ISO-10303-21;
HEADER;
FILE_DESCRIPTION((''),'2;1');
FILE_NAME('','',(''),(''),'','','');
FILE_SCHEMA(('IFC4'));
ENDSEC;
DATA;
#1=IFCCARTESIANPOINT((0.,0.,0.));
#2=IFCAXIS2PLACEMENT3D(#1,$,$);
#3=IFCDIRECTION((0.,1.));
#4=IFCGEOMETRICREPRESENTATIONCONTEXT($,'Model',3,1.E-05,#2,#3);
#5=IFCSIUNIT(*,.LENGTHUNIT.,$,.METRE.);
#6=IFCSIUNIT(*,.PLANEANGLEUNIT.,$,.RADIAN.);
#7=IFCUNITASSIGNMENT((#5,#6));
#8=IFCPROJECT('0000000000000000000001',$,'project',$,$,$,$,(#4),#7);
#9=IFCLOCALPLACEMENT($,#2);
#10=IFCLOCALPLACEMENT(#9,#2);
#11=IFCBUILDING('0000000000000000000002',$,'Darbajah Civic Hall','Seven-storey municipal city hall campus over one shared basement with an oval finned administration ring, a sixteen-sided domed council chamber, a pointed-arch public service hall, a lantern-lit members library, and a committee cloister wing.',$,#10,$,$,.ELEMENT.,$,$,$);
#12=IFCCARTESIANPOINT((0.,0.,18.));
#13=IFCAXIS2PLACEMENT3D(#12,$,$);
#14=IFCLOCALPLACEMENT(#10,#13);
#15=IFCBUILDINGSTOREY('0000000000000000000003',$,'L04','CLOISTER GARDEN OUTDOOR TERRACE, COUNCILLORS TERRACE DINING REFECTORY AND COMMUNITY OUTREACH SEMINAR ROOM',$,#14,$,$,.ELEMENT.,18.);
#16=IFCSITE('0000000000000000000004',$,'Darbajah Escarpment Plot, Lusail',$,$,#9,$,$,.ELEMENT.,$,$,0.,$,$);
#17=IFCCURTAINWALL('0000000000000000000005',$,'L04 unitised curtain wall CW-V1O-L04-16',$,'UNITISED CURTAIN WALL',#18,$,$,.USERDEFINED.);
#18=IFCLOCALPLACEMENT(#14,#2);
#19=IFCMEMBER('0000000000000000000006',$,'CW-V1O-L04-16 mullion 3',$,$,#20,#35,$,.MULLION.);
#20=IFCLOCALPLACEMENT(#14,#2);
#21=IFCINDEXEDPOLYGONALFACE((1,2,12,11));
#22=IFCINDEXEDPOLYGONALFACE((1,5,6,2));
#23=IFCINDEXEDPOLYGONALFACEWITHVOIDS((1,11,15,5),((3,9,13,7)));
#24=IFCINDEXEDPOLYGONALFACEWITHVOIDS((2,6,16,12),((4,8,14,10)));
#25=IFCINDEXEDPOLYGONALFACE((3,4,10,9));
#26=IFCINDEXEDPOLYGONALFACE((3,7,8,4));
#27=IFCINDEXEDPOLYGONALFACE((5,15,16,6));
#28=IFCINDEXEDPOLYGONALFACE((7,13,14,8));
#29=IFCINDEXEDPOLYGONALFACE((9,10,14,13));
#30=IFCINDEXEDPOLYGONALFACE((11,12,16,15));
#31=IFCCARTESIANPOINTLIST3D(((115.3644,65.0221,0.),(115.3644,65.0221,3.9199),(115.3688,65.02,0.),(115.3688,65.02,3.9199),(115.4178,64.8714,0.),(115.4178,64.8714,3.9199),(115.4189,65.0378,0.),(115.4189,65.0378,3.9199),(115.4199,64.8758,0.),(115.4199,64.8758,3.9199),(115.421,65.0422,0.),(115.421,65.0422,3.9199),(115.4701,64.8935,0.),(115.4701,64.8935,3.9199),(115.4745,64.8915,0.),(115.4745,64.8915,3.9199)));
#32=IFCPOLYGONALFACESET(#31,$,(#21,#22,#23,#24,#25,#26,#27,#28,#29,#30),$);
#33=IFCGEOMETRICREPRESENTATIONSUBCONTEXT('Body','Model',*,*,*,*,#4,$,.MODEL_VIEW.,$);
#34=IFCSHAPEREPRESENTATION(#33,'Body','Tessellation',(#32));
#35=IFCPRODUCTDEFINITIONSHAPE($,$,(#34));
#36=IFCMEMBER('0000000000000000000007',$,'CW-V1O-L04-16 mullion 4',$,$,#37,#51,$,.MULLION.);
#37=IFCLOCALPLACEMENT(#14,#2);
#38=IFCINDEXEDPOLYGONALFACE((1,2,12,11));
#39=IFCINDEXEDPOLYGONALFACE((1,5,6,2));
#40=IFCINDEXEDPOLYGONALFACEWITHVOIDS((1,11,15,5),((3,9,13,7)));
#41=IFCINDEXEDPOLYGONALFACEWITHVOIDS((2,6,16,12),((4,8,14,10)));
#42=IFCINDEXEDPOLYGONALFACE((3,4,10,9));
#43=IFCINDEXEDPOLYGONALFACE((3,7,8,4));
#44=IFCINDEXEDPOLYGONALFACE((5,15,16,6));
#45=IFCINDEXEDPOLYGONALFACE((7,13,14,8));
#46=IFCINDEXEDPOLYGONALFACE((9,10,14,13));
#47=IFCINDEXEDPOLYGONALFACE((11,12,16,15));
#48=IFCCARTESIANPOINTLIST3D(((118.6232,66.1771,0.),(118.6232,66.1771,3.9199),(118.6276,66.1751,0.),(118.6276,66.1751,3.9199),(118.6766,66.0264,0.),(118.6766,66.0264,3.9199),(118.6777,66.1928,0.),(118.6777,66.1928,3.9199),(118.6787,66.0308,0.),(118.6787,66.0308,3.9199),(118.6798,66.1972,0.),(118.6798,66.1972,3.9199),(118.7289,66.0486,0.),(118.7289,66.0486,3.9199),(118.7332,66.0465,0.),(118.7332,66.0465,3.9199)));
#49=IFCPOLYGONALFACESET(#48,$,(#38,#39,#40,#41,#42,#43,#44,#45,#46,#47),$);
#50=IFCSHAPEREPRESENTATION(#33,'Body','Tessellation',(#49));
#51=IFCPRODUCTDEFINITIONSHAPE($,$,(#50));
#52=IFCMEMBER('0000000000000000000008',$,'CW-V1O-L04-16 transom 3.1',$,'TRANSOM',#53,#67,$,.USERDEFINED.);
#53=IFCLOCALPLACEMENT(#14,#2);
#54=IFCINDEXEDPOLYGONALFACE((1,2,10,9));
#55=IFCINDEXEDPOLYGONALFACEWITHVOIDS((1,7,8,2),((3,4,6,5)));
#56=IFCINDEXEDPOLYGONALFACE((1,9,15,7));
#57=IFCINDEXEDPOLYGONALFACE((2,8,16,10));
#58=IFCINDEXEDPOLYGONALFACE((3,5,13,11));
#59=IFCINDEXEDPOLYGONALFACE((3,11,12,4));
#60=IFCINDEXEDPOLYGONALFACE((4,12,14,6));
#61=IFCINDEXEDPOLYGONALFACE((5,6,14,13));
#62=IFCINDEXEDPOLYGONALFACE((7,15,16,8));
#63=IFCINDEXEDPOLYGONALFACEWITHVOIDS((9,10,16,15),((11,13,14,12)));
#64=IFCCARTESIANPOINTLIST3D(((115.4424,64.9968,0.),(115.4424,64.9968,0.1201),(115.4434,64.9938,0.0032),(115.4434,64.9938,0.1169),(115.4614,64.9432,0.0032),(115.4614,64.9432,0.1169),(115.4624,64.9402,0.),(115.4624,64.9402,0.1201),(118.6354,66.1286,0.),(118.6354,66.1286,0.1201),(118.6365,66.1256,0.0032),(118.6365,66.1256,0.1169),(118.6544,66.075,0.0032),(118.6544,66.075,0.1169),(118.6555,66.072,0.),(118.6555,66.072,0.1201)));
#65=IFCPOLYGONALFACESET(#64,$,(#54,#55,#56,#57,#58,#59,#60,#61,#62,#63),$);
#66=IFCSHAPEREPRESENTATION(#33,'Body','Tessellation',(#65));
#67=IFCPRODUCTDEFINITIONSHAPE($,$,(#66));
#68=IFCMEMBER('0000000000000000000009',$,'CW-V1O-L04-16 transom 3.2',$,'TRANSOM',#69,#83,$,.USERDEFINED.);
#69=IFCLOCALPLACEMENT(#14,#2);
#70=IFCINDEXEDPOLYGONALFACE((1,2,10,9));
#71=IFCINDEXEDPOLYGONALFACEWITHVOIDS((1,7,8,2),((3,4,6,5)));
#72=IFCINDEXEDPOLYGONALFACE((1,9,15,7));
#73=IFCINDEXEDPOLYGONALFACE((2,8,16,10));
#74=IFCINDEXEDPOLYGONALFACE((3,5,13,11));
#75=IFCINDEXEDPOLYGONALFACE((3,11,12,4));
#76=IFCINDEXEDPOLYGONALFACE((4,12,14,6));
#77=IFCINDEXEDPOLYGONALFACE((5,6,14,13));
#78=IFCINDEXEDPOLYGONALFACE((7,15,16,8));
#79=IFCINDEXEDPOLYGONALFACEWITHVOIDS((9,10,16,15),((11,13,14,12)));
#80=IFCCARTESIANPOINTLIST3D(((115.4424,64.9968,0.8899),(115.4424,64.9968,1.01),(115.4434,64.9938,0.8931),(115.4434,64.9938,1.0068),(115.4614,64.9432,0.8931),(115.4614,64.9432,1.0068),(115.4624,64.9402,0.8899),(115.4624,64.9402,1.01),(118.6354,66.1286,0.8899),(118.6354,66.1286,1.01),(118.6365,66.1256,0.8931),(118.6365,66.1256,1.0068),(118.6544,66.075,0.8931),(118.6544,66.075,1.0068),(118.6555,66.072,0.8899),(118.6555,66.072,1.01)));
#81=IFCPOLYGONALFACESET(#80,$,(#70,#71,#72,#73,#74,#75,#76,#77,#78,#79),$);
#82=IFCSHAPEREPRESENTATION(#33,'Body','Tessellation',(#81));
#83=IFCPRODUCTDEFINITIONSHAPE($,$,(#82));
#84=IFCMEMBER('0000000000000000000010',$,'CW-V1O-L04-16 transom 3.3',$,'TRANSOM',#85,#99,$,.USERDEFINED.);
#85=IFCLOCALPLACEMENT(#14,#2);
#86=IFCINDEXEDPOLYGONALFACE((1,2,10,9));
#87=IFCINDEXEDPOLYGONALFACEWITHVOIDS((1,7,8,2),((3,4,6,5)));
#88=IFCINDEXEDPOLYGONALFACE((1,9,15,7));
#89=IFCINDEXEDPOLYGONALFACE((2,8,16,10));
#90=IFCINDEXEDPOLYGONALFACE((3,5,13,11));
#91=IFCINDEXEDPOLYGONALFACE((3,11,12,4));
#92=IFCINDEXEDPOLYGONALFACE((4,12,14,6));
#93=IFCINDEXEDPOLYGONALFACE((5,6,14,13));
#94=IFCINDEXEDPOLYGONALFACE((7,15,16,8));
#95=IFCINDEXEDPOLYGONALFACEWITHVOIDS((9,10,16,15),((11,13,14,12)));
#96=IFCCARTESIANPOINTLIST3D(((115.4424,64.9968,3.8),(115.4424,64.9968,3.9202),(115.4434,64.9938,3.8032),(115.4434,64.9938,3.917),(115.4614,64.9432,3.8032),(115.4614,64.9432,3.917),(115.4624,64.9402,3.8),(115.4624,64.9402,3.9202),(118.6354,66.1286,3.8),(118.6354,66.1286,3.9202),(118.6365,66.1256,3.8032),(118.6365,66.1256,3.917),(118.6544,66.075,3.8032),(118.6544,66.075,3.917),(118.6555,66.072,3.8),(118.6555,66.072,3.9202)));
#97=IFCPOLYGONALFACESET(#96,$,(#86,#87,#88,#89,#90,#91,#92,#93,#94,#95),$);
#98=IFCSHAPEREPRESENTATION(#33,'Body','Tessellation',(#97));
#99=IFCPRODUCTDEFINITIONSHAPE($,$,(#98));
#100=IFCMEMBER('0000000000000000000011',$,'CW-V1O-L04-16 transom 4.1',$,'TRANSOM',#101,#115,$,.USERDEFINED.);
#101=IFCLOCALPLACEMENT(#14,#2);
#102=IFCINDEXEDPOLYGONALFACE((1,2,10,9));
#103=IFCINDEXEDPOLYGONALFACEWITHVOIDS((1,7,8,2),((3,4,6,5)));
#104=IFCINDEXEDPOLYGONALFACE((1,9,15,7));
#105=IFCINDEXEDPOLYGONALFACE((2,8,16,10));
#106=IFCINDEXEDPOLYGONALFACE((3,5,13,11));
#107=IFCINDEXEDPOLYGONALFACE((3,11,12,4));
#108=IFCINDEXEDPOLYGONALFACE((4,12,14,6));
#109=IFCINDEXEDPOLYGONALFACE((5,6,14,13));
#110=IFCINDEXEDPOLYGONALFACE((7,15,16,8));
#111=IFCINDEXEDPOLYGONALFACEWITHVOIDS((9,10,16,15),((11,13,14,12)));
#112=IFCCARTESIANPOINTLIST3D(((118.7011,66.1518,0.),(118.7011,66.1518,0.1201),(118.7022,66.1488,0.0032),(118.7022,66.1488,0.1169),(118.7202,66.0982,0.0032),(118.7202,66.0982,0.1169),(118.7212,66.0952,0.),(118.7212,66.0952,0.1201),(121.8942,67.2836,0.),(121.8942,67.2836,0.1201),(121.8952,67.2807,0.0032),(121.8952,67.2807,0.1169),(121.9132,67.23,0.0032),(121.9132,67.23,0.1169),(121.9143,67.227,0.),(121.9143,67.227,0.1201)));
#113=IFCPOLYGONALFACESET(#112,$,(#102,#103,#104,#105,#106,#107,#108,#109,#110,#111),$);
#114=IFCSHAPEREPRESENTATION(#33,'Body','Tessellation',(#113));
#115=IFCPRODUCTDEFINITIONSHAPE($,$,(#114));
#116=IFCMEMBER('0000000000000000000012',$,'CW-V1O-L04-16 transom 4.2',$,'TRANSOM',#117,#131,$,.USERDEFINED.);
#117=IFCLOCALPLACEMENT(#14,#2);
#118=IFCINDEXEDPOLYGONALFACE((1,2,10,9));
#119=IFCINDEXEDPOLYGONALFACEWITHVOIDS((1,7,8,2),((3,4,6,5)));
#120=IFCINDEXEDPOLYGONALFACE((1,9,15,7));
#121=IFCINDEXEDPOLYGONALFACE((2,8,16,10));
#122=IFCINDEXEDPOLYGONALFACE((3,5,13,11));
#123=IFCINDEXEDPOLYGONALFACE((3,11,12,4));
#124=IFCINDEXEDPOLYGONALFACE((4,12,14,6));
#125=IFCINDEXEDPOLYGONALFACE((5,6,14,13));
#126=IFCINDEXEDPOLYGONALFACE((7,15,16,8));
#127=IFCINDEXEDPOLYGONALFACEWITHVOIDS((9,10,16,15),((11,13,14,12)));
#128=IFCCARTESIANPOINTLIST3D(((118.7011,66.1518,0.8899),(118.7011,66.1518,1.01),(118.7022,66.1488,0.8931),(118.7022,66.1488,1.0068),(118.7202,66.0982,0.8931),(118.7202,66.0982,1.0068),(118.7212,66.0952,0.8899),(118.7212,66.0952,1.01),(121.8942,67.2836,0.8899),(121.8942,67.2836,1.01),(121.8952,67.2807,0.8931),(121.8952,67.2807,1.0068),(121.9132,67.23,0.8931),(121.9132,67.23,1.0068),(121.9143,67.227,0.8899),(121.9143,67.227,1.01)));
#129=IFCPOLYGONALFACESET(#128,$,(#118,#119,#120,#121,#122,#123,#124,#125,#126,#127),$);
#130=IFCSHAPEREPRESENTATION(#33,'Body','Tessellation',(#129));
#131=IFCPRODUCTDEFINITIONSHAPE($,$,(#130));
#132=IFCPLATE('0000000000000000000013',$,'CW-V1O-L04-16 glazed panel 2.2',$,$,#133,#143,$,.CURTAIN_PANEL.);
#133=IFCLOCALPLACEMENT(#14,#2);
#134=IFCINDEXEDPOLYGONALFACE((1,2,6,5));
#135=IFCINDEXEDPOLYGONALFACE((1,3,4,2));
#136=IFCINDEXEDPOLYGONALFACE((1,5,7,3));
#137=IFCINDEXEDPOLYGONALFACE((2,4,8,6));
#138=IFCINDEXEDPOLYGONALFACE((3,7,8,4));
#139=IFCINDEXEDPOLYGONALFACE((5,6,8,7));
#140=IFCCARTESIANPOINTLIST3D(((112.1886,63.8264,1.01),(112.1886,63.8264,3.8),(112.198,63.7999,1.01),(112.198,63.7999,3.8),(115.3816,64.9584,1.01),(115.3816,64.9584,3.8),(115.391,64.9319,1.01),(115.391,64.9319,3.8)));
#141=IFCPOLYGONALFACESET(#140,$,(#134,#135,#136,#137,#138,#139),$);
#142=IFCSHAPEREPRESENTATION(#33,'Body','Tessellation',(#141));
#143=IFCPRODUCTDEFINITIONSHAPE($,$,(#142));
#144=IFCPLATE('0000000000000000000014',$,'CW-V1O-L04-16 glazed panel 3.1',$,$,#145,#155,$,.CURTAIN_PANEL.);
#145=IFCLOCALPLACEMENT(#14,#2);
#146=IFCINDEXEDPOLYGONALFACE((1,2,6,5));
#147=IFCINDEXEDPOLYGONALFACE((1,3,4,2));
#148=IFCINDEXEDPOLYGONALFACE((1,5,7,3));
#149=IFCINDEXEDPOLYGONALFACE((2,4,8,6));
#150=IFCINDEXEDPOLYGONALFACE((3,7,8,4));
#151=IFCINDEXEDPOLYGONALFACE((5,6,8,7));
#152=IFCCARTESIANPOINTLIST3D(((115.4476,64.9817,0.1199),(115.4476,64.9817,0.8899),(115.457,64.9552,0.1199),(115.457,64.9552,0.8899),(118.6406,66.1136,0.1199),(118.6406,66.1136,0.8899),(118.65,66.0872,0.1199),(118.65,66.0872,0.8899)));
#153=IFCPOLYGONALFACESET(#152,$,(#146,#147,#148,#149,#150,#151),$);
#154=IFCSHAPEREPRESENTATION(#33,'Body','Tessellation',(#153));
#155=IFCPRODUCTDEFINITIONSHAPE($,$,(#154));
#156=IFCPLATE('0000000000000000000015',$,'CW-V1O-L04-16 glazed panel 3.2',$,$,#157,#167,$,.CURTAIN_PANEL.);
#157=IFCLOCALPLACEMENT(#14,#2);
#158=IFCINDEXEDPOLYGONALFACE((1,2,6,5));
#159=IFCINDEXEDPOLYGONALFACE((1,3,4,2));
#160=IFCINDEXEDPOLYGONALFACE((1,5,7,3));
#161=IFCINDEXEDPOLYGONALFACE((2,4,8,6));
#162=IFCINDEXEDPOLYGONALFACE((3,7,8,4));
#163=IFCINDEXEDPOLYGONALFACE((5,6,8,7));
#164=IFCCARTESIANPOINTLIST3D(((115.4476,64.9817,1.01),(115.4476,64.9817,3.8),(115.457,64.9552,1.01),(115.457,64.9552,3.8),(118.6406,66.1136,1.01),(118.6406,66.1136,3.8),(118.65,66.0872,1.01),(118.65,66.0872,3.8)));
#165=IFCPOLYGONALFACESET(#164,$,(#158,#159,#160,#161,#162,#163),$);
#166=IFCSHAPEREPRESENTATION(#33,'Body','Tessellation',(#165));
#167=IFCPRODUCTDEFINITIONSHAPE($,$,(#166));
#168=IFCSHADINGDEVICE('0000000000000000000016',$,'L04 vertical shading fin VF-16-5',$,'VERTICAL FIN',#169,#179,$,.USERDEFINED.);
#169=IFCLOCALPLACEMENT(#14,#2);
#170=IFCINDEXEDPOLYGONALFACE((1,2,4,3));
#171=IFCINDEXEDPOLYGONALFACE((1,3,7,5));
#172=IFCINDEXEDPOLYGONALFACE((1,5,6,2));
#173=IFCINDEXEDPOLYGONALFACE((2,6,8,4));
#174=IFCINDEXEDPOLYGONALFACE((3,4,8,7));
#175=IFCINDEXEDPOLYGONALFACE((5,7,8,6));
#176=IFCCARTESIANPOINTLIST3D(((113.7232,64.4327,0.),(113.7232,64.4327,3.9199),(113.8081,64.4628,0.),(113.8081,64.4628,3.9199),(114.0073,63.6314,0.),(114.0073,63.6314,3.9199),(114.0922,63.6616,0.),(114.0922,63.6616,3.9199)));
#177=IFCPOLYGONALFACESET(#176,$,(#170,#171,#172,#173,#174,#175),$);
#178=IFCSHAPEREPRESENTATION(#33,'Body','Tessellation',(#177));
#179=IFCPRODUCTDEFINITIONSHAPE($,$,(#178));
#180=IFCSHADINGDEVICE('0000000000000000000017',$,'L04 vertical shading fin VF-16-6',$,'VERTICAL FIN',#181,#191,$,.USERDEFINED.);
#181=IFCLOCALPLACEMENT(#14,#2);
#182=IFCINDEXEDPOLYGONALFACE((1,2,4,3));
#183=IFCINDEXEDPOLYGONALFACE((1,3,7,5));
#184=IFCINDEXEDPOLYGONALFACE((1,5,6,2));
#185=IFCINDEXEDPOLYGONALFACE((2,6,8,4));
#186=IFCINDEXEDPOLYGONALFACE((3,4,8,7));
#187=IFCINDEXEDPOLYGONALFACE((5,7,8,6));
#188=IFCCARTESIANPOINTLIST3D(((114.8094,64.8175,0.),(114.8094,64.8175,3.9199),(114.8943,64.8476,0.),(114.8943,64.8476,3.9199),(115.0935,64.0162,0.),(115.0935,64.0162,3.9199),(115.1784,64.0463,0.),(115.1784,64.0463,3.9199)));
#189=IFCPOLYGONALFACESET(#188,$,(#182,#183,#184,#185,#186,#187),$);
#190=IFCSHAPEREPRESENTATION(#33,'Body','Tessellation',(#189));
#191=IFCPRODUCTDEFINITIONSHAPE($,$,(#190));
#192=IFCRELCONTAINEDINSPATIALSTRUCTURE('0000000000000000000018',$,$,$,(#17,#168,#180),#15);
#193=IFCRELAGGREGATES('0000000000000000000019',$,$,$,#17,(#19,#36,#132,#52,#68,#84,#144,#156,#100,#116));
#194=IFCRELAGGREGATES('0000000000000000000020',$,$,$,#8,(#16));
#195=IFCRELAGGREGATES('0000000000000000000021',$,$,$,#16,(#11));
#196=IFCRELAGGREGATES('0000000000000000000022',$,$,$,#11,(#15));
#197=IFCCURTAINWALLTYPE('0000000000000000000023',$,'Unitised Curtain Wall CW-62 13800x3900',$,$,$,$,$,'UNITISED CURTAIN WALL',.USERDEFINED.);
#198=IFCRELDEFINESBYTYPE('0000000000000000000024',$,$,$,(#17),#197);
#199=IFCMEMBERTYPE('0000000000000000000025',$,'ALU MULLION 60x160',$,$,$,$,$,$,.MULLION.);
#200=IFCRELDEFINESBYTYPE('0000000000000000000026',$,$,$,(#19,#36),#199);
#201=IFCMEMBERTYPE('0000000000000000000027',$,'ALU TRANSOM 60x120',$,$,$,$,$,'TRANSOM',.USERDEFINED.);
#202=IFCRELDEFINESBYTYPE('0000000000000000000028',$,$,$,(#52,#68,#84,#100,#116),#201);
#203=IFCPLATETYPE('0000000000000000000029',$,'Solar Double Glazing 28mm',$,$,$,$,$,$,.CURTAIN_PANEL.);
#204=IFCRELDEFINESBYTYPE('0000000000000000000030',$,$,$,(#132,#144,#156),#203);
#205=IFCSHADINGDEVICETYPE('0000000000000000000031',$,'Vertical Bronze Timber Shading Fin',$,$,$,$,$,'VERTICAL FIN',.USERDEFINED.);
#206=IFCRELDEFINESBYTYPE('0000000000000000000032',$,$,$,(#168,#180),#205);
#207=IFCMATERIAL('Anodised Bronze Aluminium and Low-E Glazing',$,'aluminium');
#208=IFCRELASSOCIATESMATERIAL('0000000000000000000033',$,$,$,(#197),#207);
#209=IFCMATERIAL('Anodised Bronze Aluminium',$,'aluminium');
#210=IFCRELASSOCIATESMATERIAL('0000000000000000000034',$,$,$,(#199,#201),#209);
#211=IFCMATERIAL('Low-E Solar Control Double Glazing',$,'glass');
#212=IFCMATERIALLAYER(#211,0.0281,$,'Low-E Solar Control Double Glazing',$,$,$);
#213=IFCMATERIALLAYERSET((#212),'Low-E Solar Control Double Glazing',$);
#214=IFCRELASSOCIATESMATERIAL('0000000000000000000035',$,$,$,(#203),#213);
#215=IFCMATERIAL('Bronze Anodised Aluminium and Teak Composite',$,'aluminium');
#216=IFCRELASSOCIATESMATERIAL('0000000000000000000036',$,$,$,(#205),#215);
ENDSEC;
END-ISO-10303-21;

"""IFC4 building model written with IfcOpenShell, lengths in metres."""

from ifc_helpers import new_model, si_unit, direction, frame, origin, origin_2d, place, context, subcontext, project, spatial, rectangle, hollow_rectangle, extrude, material, layer, layer_set, material_profile, profile_set, type_object, element, aggregate, save


model = new_model("IFC4")

# Units and contexts
model_context = context("Model", 3, precision=1e-05, world=origin(), true_north=direction((0.0, 1.0)))
body_context = subcontext(model_context, "Body", "Model", "MODEL_VIEW")
ifc_project = project(units=[si_unit("LENGTHUNIT", "METRE"), si_unit("PLANEANGLEUNIT", "RADIAN")], contexts=[model_context])

# Site, building, storey
site_placement = place(None, origin())
site = spatial("IfcSite", under=ifc_project, at=site_placement, Name="Darbajah Escarpment Plot, Lusail", CompositionType="ELEMENT", RefElevation=0.0)
building_placement = place(site_placement, origin())
building = spatial("IfcBuilding", under=site, at=building_placement, Name="Darbajah Civic Hall", Description="Seven-storey municipal city hall campus over one shared basement with an oval finned administration ring, a sixteen-sided domed council chamber, a pointed-arch public service hall, a lantern-lit members library, and a committee cloister wing.", CompositionType="ELEMENT")
storey_placement = place(building_placement, frame((0.0, 0.0, 18.0)))
storey = spatial("IfcBuildingStorey", under=building, at=storey_placement, Name="L04", Description="CLOISTER GARDEN OUTDOOR TERRACE, COUNCILLORS TERRACE DINING REFECTORY AND COMMUNITY OUTREACH SEMINAR ROOM", CompositionType="ELEMENT", Elevation=18.0)

# Curtain wall, members, plates
ifc_material_1 = material(Name="Anodised Bronze Aluminium and Low-E Glazing", Category="aluminium")
curtain_wall_type = type_object("IfcCurtainWallType", Name="Unitised Curtain Wall CW-62 13800x3900", ElementType="UNITISED CURTAIN WALL", PredefinedType="USERDEFINED", material=ifc_material_1)
curtain_wall_placement = place(storey_placement, origin())
curtain_wall = element("IfcCurtainWall", 1, at=curtain_wall_placement, inside=storey, type_object=curtain_wall_type, Name="L04 unitised curtain wall CW-V1O-L04-16", ObjectType="UNITISED CURTAIN WALL", PredefinedType="USERDEFINED")
ifc_material_2 = material(Name="Anodised Bronze Aluminium", Category="aluminium")
ifc_material_profile_1 = material_profile(ifc_material_2, hollow_rectangle(XDim=0.0601, YDim=0.1599, WallThickness=0.0034, at=origin_2d()), Name="ALU MULLION 60x160")
ifc_profile_set_1 = profile_set([ifc_material_profile_1], Name="Anodised Bronze Aluminium")
member_type_1 = type_object("IfcMemberType", Name="ALU MULLION 60x160", PredefinedType="MULLION", material=ifc_profile_set_1)
member_1_placement = place(storey_placement, frame((115.4194, 64.9568, 0.0), z_axis=(0.0, 0.0, 1.0), x_axis=(0.942525, 0.334136, 0.0)))
member_1 = element("IfcMember", 2, at=member_1_placement, type_object=member_type_1, Name="CW-V1O-L04-16 mullion 3", PredefinedType="MULLION", context=body_context, shape_type="SweptSolid", body=[
    extrude(hollow_rectangle(XDim=0.0601, YDim=0.1599, WallThickness=0.0034, at=origin_2d()), origin(), (0.0, 0.0, 1.0), 3.9199),
])
member_2_placement = place(storey_placement, frame((118.6782, 66.1118, 0.0), z_axis=(0.0, 0.0, 1.0), x_axis=(0.942525, 0.334136, 0.0)))
member_2 = element("IfcMember", 3, at=member_2_placement, type_object=member_type_1, Name="CW-V1O-L04-16 mullion 4", PredefinedType="MULLION", context=body_context, shape_type="SweptSolid", body=[
    extrude(hollow_rectangle(XDim=0.0601, YDim=0.1599, WallThickness=0.0034, at=origin_2d()), origin(), (0.0, 0.0, 1.0), 3.9199),
])
ifc_material_profile_2 = material_profile(ifc_material_2, hollow_rectangle(XDim=0.0601, YDim=0.1201, WallThickness=0.0032, at=origin_2d()), Name="ALU TRANSOM 60x120")
ifc_profile_set_2 = profile_set([ifc_material_profile_2], Name="Anodised Bronze Aluminium")
member_type_2 = type_object("IfcMemberType", Name="ALU TRANSOM 60x120", ElementType="TRANSOM", PredefinedType="USERDEFINED", material=ifc_profile_set_2)
member_3_placement = place(storey_placement, frame((115.4524, 64.9685, 0.0601), z_axis=(0.94254, 0.334094, 0.0), x_axis=(-0.334094, 0.94254, 0.0)))
member_3 = element("IfcMember", 4, at=member_3_placement, type_object=member_type_2, Name="CW-V1O-L04-16 transom 3.1", ObjectType="TRANSOM", PredefinedType="USERDEFINED", context=body_context, shape_type="SweptSolid", body=[
    extrude(hollow_rectangle(XDim=0.0601, YDim=0.1201, WallThickness=0.0032, at=origin_2d()), origin(), (0.0, 0.0, 1.0), 3.3877),
])
member_4_placement = place(storey_placement, frame((115.4524, 64.9685, 0.95), z_axis=(0.94254, 0.334094, 0.0), x_axis=(-0.334094, 0.94254, 0.0)))
member_4 = element("IfcMember", 5, at=member_4_placement, type_object=member_type_2, Name="CW-V1O-L04-16 transom 3.2", ObjectType="TRANSOM", PredefinedType="USERDEFINED", context=body_context, shape_type="SweptSolid", body=[
    extrude(hollow_rectangle(XDim=0.0601, YDim=0.1201, WallThickness=0.0032, at=origin_2d()), origin(), (0.0, 0.0, 1.0), 3.3877),
])
member_5_placement = place(storey_placement, frame((115.4524, 64.9685, 3.8601), z_axis=(0.94254, 0.334094, 0.0), x_axis=(-0.334094, 0.94254, 0.0)))
member_5 = element("IfcMember", 6, at=member_5_placement, type_object=member_type_2, Name="CW-V1O-L04-16 transom 3.3", ObjectType="TRANSOM", PredefinedType="USERDEFINED", context=body_context, shape_type="SweptSolid", body=[
    extrude(hollow_rectangle(XDim=0.0601, YDim=0.1201, WallThickness=0.0032, at=origin_2d()), origin(), (0.0, 0.0, 1.0), 3.3877),
])
member_6_placement = place(storey_placement, frame((118.7112, 66.1235, 0.0601), z_axis=(0.94254, 0.334094, 0.0), x_axis=(-0.334094, 0.94254, 0.0)))
member_6 = element("IfcMember", 7, at=member_6_placement, type_object=member_type_2, Name="CW-V1O-L04-16 transom 4.1", ObjectType="TRANSOM", PredefinedType="USERDEFINED", context=body_context, shape_type="SweptSolid", body=[
    extrude(hollow_rectangle(XDim=0.0601, YDim=0.1201, WallThickness=0.0032, at=origin_2d()), origin(), (0.0, 0.0, 1.0), 3.3877),
])
member_7_placement = place(storey_placement, frame((118.7112, 66.1235, 0.95), z_axis=(0.94254, 0.334094, 0.0), x_axis=(-0.334094, 0.94254, 0.0)))
member_7 = element("IfcMember", 8, at=member_7_placement, type_object=member_type_2, Name="CW-V1O-L04-16 transom 4.2", ObjectType="TRANSOM", PredefinedType="USERDEFINED", context=body_context, shape_type="SweptSolid", body=[
    extrude(hollow_rectangle(XDim=0.0601, YDim=0.1201, WallThickness=0.0032, at=origin_2d()), origin(), (0.0, 0.0, 1.0), 3.3877),
])
ifc_material_3 = material(Name="Low-E Solar Control Double Glazing", Category="glass")
ifc_layer = layer(ifc_material_3, 0.0281, Name="Low-E Solar Control Double Glazing")
ifc_layer_set = layer_set([ifc_layer], Name="Low-E Solar Control Double Glazing")
plate_type = type_object("IfcPlateType", Name="Solar Double Glazing 28mm", PredefinedType="CURTAIN_PANEL", material=ifc_layer_set)
plate_1_placement = place(storey_placement, frame((113.7898, 64.3792, 1.01), z_axis=(0.0, 0.0, 1.0), x_axis=(0.942525, 0.334136, 0.0)))
plate_1 = element("IfcPlate", 9, at=plate_1_placement, type_object=plate_type, Name="CW-V1O-L04-16 glazed panel 2.2", PredefinedType="CURTAIN_PANEL", context=body_context, shape_type="SweptSolid", body=[
    extrude(rectangle(XDim=3.3877, YDim=0.0281, at=origin_2d()), origin(), (0.0, 0.0, 1.0), 2.79),
])
plate_2_placement = place(storey_placement, frame((117.0488, 65.5344, 0.1199), z_axis=(0.0, 0.0, 1.0), x_axis=(0.942525, 0.334136, 0.0)))
plate_2 = element("IfcPlate", 10, at=plate_2_placement, type_object=plate_type, Name="CW-V1O-L04-16 glazed panel 3.1", PredefinedType="CURTAIN_PANEL", context=body_context, shape_type="SweptSolid", body=[
    extrude(rectangle(XDim=3.3877, YDim=0.0281, at=origin_2d()), origin(), (0.0, 0.0, 1.0), 0.77),
])
plate_3_placement = place(storey_placement, frame((117.0488, 65.5344, 1.01), z_axis=(0.0, 0.0, 1.0), x_axis=(0.942525, 0.334136, 0.0)))
plate_3 = element("IfcPlate", 11, at=plate_3_placement, type_object=plate_type, Name="CW-V1O-L04-16 glazed panel 3.2", PredefinedType="CURTAIN_PANEL", context=body_context, shape_type="SweptSolid", body=[
    extrude(rectangle(XDim=3.3877, YDim=0.0281, at=origin_2d()), origin(), (0.0, 0.0, 1.0), 2.79),
])
aggregate(curtain_wall, [member_1, member_2, plate_1, member_3, member_4, member_5, plate_2, plate_3, member_6, member_7])

# Shading devices
ifc_material_4 = material(Name="Bronze Anodised Aluminium and Teak Composite", Category="aluminium")
shading_device_type = type_object("IfcShadingDeviceType", Name="Vertical Bronze Timber Shading Fin", ElementType="VERTICAL FIN", PredefinedType="USERDEFINED", material=ifc_material_4)
for number, where, z_axis, x_axis, name in (
    (12, (113.9077, 64.0471, 0.0), (0.0, 0.0, 1.0), (0.334136, -0.942525, 0.0), "L04 vertical shading fin VF-16-5"),
    (13, (114.9939, 64.4319, 0.0), (0.0, 0.0, 1.0), (0.334136, -0.942525, 0.0), "L04 vertical shading fin VF-16-6"),
):
    element("IfcShadingDevice", number, at=place(storey_placement, frame(where, z_axis=z_axis, x_axis=x_axis)), inside=storey, type_object=shading_device_type, Name=name, ObjectType="VERTICAL FIN", PredefinedType="USERDEFINED", context=body_context, shape_type="SweptSolid", body=[
        extrude(rectangle(XDim=0.8501, YDim=0.0901, at=origin_2d()), origin(), (0.0, 0.0, 1.0), 3.9199),
    ])

save(model, "model.ifc")
